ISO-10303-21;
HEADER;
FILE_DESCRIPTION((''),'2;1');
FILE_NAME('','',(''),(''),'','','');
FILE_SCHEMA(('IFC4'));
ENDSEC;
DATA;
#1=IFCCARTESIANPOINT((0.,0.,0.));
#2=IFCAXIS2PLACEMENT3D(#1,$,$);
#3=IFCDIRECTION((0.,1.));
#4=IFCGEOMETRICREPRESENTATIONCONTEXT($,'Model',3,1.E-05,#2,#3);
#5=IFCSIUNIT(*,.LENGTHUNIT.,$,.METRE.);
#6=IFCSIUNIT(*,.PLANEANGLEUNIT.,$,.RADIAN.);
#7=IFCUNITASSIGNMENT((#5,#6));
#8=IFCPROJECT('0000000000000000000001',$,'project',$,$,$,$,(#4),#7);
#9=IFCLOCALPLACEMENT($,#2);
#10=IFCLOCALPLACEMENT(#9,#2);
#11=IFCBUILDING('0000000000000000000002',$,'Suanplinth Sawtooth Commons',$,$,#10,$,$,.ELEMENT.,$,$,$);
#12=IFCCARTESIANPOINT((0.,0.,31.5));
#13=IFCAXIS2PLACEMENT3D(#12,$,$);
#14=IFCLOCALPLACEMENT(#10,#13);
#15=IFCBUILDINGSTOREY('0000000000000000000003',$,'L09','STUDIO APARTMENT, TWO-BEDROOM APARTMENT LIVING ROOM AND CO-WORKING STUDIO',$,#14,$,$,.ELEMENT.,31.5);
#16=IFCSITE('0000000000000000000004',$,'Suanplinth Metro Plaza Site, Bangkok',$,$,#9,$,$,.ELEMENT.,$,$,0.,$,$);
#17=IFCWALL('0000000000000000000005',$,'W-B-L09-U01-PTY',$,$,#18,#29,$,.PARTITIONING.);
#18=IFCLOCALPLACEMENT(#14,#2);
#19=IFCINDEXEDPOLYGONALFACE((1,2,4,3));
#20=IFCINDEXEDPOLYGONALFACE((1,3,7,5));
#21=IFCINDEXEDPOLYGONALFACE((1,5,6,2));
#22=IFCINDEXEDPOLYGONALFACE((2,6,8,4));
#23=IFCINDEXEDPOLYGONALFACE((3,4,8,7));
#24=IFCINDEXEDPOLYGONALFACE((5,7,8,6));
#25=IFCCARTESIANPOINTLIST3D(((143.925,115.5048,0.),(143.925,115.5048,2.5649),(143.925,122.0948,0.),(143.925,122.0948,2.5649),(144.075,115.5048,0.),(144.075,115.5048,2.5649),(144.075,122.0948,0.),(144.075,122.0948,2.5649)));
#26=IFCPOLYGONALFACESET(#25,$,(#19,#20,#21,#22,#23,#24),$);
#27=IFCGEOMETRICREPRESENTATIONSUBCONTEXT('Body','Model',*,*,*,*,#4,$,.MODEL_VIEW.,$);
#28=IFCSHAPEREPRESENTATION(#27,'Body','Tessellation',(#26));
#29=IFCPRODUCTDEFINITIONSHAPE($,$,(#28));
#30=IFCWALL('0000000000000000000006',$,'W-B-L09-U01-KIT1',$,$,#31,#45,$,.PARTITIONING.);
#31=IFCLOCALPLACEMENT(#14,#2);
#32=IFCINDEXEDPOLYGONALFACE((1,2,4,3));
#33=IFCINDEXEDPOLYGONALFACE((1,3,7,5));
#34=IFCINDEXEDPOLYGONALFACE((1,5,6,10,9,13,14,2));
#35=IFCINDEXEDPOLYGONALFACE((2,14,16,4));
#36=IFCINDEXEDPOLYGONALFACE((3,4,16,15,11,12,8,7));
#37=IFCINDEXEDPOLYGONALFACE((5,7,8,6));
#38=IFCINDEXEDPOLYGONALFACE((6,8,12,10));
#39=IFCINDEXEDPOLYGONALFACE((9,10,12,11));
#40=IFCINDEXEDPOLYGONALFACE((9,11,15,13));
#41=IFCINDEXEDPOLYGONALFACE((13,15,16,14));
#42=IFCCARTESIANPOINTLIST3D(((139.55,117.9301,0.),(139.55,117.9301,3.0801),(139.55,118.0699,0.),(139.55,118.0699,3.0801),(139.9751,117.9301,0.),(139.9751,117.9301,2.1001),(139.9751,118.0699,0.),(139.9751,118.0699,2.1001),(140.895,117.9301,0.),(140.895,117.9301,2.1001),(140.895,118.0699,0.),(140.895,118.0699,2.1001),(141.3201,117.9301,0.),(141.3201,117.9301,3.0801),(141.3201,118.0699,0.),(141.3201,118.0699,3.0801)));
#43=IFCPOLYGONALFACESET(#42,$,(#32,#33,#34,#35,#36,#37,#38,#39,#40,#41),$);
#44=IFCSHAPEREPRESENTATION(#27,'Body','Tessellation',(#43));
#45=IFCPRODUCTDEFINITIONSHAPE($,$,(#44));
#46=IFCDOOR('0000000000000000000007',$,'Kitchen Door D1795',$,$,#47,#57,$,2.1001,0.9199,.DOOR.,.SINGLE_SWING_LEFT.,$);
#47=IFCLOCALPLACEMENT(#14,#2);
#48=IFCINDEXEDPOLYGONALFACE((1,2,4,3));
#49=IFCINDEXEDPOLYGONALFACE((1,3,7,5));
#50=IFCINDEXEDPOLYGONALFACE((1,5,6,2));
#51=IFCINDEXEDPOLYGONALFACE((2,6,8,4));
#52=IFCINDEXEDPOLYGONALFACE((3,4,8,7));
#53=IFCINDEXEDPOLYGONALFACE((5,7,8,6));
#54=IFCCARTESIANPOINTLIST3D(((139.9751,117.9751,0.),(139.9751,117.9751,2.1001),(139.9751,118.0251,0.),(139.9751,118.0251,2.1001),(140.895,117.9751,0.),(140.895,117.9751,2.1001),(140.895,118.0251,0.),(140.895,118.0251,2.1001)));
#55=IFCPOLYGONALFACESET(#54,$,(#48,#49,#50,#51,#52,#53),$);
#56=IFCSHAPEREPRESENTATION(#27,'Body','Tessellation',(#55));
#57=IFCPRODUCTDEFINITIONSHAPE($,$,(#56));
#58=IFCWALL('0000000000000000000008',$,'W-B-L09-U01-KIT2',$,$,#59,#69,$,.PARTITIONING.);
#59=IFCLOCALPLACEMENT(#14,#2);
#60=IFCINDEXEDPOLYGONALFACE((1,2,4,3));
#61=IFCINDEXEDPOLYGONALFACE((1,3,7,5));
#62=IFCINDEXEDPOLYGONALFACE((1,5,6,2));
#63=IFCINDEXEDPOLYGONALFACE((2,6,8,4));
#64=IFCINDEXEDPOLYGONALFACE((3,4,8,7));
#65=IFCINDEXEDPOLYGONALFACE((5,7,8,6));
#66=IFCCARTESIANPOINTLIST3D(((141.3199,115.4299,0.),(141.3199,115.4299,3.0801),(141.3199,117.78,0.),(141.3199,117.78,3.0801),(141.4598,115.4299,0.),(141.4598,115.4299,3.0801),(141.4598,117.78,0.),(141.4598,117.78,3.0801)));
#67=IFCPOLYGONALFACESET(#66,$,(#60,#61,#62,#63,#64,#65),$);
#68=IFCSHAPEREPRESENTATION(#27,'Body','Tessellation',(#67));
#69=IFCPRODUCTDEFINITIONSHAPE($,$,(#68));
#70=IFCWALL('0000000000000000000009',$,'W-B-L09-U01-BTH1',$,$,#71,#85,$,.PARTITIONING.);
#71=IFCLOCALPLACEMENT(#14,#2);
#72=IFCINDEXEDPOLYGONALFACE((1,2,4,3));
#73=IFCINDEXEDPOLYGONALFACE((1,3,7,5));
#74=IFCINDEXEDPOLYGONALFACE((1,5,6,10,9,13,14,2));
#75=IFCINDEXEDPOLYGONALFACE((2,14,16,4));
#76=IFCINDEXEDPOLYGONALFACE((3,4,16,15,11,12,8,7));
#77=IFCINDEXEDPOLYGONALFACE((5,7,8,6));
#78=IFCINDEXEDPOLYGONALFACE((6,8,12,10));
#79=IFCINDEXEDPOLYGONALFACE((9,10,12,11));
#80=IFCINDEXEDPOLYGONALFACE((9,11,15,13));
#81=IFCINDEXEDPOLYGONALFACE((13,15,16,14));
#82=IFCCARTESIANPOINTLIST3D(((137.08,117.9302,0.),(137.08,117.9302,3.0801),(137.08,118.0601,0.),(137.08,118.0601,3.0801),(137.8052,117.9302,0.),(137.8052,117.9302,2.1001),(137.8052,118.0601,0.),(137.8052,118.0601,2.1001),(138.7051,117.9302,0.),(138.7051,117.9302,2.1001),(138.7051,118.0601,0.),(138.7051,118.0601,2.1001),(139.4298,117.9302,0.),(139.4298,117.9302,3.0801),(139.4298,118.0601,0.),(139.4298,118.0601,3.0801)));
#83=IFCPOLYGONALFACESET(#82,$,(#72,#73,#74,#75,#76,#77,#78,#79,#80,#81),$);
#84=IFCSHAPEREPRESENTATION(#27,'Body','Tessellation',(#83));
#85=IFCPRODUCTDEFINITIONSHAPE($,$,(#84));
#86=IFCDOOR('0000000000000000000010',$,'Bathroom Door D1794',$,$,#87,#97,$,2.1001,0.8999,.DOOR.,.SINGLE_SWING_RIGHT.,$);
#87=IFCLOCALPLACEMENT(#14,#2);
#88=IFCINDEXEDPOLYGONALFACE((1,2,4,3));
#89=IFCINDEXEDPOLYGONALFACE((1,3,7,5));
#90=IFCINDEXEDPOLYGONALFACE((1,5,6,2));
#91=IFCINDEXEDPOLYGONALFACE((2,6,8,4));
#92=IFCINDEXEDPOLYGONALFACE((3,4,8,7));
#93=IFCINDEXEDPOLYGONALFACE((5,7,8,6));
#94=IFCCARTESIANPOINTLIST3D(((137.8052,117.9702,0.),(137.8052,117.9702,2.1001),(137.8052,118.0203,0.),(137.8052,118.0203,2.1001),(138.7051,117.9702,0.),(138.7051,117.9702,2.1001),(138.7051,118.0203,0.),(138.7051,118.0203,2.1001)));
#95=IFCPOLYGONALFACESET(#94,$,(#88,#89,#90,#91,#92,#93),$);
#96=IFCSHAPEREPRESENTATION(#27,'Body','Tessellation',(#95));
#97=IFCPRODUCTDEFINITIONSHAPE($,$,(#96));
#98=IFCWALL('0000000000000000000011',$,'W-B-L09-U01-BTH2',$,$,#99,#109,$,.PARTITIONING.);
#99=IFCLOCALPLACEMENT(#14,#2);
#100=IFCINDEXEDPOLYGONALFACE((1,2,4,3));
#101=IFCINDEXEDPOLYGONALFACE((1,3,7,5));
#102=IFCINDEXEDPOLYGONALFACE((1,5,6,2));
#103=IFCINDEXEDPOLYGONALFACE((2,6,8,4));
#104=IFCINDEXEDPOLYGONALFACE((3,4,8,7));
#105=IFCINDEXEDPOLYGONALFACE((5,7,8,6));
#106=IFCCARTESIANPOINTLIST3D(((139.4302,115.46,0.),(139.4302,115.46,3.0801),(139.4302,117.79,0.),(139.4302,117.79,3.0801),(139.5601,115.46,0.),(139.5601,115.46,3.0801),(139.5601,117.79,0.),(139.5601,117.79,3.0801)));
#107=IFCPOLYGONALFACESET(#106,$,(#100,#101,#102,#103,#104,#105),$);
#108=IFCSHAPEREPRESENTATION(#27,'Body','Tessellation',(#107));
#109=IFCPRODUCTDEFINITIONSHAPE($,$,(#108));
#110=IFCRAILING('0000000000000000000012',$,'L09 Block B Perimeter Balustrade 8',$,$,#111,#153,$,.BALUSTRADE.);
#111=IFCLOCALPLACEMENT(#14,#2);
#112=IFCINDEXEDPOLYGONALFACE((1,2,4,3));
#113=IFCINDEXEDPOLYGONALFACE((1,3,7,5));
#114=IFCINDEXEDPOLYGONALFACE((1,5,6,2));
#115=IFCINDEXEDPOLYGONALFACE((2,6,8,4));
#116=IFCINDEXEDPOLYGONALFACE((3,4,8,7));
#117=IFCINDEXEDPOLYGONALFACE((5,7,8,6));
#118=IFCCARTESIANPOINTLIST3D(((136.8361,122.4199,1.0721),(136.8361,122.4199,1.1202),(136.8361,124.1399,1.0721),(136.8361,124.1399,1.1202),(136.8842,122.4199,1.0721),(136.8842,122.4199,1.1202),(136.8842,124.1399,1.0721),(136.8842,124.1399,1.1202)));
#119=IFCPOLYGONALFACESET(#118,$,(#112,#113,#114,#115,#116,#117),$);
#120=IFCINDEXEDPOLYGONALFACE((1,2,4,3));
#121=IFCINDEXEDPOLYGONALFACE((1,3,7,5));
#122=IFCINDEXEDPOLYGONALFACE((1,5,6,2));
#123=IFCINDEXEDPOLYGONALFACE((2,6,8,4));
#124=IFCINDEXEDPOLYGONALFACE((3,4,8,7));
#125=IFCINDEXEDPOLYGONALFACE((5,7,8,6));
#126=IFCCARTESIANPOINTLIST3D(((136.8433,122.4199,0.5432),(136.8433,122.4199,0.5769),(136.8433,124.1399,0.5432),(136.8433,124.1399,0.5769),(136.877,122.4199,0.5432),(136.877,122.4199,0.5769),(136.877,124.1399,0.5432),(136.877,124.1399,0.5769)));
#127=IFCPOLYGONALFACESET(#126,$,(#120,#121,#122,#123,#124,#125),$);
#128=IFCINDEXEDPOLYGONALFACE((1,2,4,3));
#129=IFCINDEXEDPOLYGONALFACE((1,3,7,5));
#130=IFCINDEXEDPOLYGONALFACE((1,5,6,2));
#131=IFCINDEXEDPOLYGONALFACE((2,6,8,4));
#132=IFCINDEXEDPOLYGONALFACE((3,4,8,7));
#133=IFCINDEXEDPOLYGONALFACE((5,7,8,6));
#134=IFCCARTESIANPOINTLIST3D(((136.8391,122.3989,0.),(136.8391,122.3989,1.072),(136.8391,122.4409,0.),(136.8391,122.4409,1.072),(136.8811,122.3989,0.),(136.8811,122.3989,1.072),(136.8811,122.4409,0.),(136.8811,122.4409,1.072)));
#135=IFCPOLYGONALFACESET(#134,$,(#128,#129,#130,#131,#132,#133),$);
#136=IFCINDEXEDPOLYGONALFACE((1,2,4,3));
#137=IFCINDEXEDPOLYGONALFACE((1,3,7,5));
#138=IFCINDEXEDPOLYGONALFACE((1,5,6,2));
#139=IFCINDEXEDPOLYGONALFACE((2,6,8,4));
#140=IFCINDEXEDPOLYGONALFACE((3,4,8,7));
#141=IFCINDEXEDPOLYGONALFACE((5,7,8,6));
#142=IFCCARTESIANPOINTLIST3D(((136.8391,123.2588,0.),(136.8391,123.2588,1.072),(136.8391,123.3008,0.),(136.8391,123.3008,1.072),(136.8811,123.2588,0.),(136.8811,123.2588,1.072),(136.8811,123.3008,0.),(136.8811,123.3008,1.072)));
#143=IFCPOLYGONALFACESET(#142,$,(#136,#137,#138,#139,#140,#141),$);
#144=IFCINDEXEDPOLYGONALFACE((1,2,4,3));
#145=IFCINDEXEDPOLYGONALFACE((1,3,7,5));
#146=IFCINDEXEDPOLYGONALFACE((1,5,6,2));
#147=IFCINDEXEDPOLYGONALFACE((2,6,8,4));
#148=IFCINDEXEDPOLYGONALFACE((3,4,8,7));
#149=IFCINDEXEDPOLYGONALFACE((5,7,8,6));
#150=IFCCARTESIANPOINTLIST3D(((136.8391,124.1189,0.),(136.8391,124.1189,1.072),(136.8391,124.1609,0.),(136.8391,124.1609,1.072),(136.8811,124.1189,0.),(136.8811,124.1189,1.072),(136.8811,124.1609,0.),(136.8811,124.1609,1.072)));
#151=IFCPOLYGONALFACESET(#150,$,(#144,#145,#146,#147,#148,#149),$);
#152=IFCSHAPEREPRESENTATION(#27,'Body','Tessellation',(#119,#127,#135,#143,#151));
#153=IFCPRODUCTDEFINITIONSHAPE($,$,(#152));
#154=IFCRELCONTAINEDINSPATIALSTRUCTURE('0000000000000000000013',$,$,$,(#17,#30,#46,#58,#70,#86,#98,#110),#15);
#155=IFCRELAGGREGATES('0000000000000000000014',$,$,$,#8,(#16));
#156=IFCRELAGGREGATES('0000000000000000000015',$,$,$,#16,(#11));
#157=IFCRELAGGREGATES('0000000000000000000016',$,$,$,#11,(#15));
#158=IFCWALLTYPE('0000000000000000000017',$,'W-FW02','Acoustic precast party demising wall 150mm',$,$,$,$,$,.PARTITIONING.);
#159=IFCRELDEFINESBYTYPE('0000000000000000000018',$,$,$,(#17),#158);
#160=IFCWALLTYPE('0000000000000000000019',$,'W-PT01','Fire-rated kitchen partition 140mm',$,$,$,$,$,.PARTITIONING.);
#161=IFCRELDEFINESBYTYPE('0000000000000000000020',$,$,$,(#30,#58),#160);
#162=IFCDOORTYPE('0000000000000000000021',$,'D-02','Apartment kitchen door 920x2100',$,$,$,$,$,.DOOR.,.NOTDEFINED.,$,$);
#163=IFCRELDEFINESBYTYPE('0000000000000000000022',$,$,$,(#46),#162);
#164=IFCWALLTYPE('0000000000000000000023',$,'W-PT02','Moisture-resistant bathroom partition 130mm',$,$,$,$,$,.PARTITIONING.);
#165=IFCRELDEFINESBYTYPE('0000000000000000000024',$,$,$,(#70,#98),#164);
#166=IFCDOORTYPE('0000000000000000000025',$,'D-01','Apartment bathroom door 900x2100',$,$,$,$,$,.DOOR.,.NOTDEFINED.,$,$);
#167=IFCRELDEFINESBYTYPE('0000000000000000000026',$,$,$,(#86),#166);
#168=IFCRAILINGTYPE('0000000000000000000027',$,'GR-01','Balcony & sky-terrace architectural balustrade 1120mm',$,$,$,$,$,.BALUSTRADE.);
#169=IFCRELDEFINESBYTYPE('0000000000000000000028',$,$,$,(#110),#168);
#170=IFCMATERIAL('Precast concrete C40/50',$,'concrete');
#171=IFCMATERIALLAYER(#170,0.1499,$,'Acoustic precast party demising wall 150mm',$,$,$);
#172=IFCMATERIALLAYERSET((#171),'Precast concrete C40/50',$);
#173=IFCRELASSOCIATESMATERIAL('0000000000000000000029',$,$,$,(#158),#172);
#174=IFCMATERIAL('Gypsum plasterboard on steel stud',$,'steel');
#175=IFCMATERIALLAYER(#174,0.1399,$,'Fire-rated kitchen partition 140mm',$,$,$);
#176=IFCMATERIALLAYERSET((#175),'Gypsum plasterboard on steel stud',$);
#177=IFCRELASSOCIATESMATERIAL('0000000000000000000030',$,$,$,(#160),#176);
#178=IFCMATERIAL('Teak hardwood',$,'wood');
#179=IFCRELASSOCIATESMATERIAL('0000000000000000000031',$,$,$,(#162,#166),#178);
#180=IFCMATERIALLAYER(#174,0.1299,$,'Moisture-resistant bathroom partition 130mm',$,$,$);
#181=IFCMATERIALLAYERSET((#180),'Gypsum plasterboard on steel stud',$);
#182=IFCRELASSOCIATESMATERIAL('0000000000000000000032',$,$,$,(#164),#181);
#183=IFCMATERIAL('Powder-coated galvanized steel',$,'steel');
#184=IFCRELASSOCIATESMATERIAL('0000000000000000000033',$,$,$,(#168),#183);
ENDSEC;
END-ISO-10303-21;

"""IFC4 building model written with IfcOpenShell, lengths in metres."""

from ifc_helpers import new_model, si_unit, direction, frame, frame_2d, origin, origin_2d, place, context, subcontext, project, spatial, rectangle, extrude, material, layer, layer_set, type_object, element, fill, save


model = new_model("IFC4")

# Units and contexts
model_context = context("Model", 3, precision=1e-05, world=origin(), true_north=direction((0.0, 1.0)))
body_context = subcontext(model_context, "Body", "Model", "MODEL_VIEW")
ifc_project = project(units=[si_unit("LENGTHUNIT", "METRE"), si_unit("PLANEANGLEUNIT", "RADIAN")], contexts=[model_context])

# Site, building, storey
site_placement = place(None, origin())
site = spatial("IfcSite", under=ifc_project, at=site_placement, Name="Suanplinth Metro Plaza Site, Bangkok", CompositionType="ELEMENT", RefElevation=0.0)
building_placement = place(site_placement, origin())
building = spatial("IfcBuilding", under=site, at=building_placement, Name="Suanplinth Sawtooth Commons", CompositionType="ELEMENT")
storey_placement = place(building_placement, frame((0.0, 0.0, 31.5)))
storey = spatial("IfcBuildingStorey", under=building, at=storey_placement, Name="L09", Description="STUDIO APARTMENT, TWO-BEDROOM APARTMENT LIVING ROOM AND CO-WORKING STUDIO", CompositionType="ELEMENT", Elevation=31.5)

# Shared definitions
ifc_material_1 = material(Name="Precast concrete C40/50", Category="concrete")

# Wall
ifc_layer_1 = layer(ifc_material_1, 0.1499, Name="Acoustic precast party demising wall 150mm")
ifc_layer_set_1 = layer_set([ifc_layer_1], Name="Precast concrete C40/50")
wall_type_1 = type_object("IfcWallType", Name="W-FW02", Description="Acoustic precast party demising wall 150mm", PredefinedType="PARTITIONING", material=ifc_layer_set_1)
wall_1_placement = place(storey_placement, frame((144.0, 115.5049, 0.0), z_axis=(0.0, 0.0, 1.0), x_axis=(0.0, 1.0, 0.0)))
element("IfcWall", 1, at=wall_1_placement, inside=storey, type_object=wall_type_1, Name="W-B-L09-U01-PTY", PredefinedType="PARTITIONING", context=body_context, shape_type="SweptSolid", body=[
    extrude(rectangle(XDim=6.5901, YDim=0.1499, at=frame_2d((3.2949, 0.0))), origin(), (0.0, 0.0, 1.0), 2.5649),
])

# Wall, opening, door
ifc_material_2 = material(Name="Gypsum plasterboard on steel stud", Category="steel")
ifc_layer_2 = layer(ifc_material_2, 0.1399, Name="Fire-rated kitchen partition 140mm")
ifc_layer_set_2 = layer_set([ifc_layer_2], Name="Gypsum plasterboard on steel stud")
wall_type_2 = type_object("IfcWallType", Name="W-PT01", Description="Fire-rated kitchen partition 140mm", PredefinedType="PARTITIONING", material=ifc_layer_set_2)
wall_2_placement = place(storey_placement, frame((139.55, 118.0, 0.0), z_axis=(0.0, 0.0, 1.0), x_axis=(1.0, 0.0, 0.0)))
wall_2 = element("IfcWall", 2, at=wall_2_placement, inside=storey, type_object=wall_type_2, Name="W-B-L09-U01-KIT1", PredefinedType="PARTITIONING", context=body_context, shape_type="SweptSolid", body=[
    extrude(rectangle(XDim=1.77, YDim=0.1399, at=frame_2d((0.885, 0.0))), origin(), (0.0, 0.0, 1.0), 3.0801),
])
opening_1_placement = place(wall_2_placement, frame((0.425, 0.0, 0.0)))
opening_1 = element("IfcOpeningElement", 3, at=opening_1_placement, cuts=wall_2, PredefinedType="OPENING", context=body_context, shape_type="SweptSolid", body=[
    extrude(rectangle(XDim=0.9199, YDim=2.1001, at=frame_2d((0.46, 1.05))), frame((0.0, 0.085, 0.0), z_axis=(0.0, -1.0, 0.0), x_axis=(1.0, 0.0, 0.0)), (0.0, 0.0, 1.0), 0.1697),
])
ifc_material_3 = material(Name="Teak hardwood", Category="wood")
door_type_1 = type_object("IfcDoorType", Name="D-02", Description="Apartment kitchen door 920x2100", OperationType="NOTDEFINED", PredefinedType="DOOR", material=ifc_material_3)
door_1_placement = place(opening_1_placement, frame((0.9199, 0.0, 0.0), z_axis=(0.0, 0.0, 1.0), x_axis=(-1.0, 0.0, 0.0)))
door_1 = element("IfcDoor", 4, at=door_1_placement, inside=storey, type_object=door_type_1, Name="Kitchen Door D1795", OperationType="SINGLE_SWING_LEFT", OverallHeight=2.1001, OverallWidth=0.9199, PredefinedType="DOOR", context=body_context, shape_type="SweptSolid", body=[
    extrude(rectangle(XDim=0.9199, YDim=2.1001, at=frame_2d((0.46, 1.05))), frame((0.0, 0.0249, 0.0), z_axis=(0.0, -1.0, 0.0), x_axis=(1.0, 0.0, 0.0)), (0.0, 0.0, 1.0), 0.05),
])
fill(opening_1, door_1)

# Wall
wall_3_placement = place(storey_placement, frame((141.3899, 115.4299, 0.0), z_axis=(0.0, 0.0, 1.0), x_axis=(0.0, 1.0, 0.0)))
element("IfcWall", 5, at=wall_3_placement, inside=storey, type_object=wall_type_2, Name="W-B-L09-U01-KIT2", PredefinedType="PARTITIONING", context=body_context, shape_type="SweptSolid", body=[
    extrude(rectangle(XDim=2.3501, YDim=0.1399, at=frame_2d((1.175, 0.0))), origin(), (0.0, 0.0, 1.0), 3.0801),
])

# Wall, opening, door
ifc_layer_3 = layer(ifc_material_2, 0.1299, Name="Moisture-resistant bathroom partition 130mm")
ifc_layer_set_3 = layer_set([ifc_layer_3], Name="Gypsum plasterboard on steel stud")
wall_type_3 = type_object("IfcWallType", Name="W-PT02", Description="Moisture-resistant bathroom partition 130mm", PredefinedType="PARTITIONING", material=ifc_layer_set_3)
wall_4_placement = place(storey_placement, frame((137.0801, 117.9951, 0.0), z_axis=(0.0, 0.0, 1.0), x_axis=(1.0, 0.0, 0.0)))
wall_4 = element("IfcWall", 6, at=wall_4_placement, inside=storey, type_object=wall_type_3, Name="W-B-L09-U01-BTH1", PredefinedType="PARTITIONING", context=body_context, shape_type="SweptSolid", body=[
    extrude(rectangle(XDim=2.3499, YDim=0.1299, at=frame_2d((1.1748, 0.0))), origin(), (0.0, 0.0, 1.0), 3.0801),
])
opening_2_placement = place(wall_4_placement, frame((0.7251, 0.0, 0.0)))
opening_2 = element("IfcOpeningElement", 7, at=opening_2_placement, cuts=wall_4, PredefinedType="OPENING", context=body_context, shape_type="SweptSolid", body=[
    extrude(rectangle(XDim=0.8999, YDim=2.1001, at=frame_2d((0.45, 1.05))), frame((0.0, 0.0798, 0.0), z_axis=(0.0, -1.0, 0.0), x_axis=(1.0, 0.0, 0.0)), (0.0, 0.0, 1.0), 0.1597),
])
door_type_2 = type_object("IfcDoorType", Name="D-01", Description="Apartment bathroom door 900x2100", OperationType="NOTDEFINED", PredefinedType="DOOR", material=ifc_material_3)
door_2_placement = place(opening_2_placement, frame((0.8999, 0.0, 0.0), z_axis=(0.0, 0.0, 1.0), x_axis=(-1.0, 0.0, 0.0)))
door_2 = element("IfcDoor", 8, at=door_2_placement, inside=storey, type_object=door_type_2, Name="Bathroom Door D1794", OperationType="SINGLE_SWING_RIGHT", OverallHeight=2.1001, OverallWidth=0.8999, PredefinedType="DOOR", context=body_context, shape_type="SweptSolid", body=[
    extrude(rectangle(XDim=0.8999, YDim=2.1001, at=frame_2d((0.45, 1.05))), frame((0.0, 0.0249, 0.0), z_axis=(0.0, -1.0, 0.0), x_axis=(1.0, 0.0, 0.0)), (0.0, 0.0, 1.0), 0.05),
])
fill(opening_2, door_2)

# Wall
wall_5_placement = place(storey_placement, frame((139.4951, 115.46, 0.0), z_axis=(0.0, 0.0, 1.0), x_axis=(0.0, 1.0, 0.0)))
element("IfcWall", 9, at=wall_5_placement, inside=storey, type_object=wall_type_3, Name="W-B-L09-U01-BTH2", PredefinedType="PARTITIONING", context=body_context, shape_type="SweptSolid", body=[
    extrude(rectangle(XDim=2.3301, YDim=0.1299, at=frame_2d((1.165, 0.0))), origin(), (0.0, 0.0, 1.0), 3.0801),
])

# Railing
ifc_material_4 = material(Name="Powder-coated galvanized steel", Category="steel")
railing_type = type_object("IfcRailingType", Name="GR-01", Description="Balcony & sky-terrace architectural balustrade 1120mm", PredefinedType="BALUSTRADE", material=ifc_material_4)
railing_1_placement = place(storey_placement, frame((136.8601, 122.4199, 0.0)))
element("IfcRailing", 10, at=railing_1_placement, inside=storey, type_object=railing_type, Name="L09 Block B Perimeter Balustrade 8", PredefinedType="BALUSTRADE", context=body_context, shape_type="SweptSolid", body=[
    extrude(rectangle(XDim=0.0481, YDim=0.0481, at=origin_2d()), frame((0.0, 0.0, 1.0962), z_axis=(0.0, 1.0, 0.0), x_axis=(-1.0, 0.0, 0.0)), (0.0, 0.0, 1.0), 1.72),
    extrude(rectangle(XDim=0.0337, YDim=0.0337, at=origin_2d()), frame((0.0, 0.0, 0.5601), z_axis=(0.0, 1.0, 0.0), x_axis=(-1.0, 0.0, 0.0)), (0.0, 0.0, 1.0), 1.72),
    extrude(rectangle(XDim=0.042, YDim=0.042, at=origin_2d()), origin(), (0.0, 0.0, 1.0), 1.072),
    extrude(rectangle(XDim=0.042, YDim=0.042, at=origin_2d()), frame((0.0, 0.8599, 0.0)), (0.0, 0.0, 1.0), 1.072),
    extrude(rectangle(XDim=0.042, YDim=0.042, at=origin_2d()), frame((0.0, 1.72, 0.0)), (0.0, 0.0, 1.0), 1.072),
])

save(model, "model.ifc")
